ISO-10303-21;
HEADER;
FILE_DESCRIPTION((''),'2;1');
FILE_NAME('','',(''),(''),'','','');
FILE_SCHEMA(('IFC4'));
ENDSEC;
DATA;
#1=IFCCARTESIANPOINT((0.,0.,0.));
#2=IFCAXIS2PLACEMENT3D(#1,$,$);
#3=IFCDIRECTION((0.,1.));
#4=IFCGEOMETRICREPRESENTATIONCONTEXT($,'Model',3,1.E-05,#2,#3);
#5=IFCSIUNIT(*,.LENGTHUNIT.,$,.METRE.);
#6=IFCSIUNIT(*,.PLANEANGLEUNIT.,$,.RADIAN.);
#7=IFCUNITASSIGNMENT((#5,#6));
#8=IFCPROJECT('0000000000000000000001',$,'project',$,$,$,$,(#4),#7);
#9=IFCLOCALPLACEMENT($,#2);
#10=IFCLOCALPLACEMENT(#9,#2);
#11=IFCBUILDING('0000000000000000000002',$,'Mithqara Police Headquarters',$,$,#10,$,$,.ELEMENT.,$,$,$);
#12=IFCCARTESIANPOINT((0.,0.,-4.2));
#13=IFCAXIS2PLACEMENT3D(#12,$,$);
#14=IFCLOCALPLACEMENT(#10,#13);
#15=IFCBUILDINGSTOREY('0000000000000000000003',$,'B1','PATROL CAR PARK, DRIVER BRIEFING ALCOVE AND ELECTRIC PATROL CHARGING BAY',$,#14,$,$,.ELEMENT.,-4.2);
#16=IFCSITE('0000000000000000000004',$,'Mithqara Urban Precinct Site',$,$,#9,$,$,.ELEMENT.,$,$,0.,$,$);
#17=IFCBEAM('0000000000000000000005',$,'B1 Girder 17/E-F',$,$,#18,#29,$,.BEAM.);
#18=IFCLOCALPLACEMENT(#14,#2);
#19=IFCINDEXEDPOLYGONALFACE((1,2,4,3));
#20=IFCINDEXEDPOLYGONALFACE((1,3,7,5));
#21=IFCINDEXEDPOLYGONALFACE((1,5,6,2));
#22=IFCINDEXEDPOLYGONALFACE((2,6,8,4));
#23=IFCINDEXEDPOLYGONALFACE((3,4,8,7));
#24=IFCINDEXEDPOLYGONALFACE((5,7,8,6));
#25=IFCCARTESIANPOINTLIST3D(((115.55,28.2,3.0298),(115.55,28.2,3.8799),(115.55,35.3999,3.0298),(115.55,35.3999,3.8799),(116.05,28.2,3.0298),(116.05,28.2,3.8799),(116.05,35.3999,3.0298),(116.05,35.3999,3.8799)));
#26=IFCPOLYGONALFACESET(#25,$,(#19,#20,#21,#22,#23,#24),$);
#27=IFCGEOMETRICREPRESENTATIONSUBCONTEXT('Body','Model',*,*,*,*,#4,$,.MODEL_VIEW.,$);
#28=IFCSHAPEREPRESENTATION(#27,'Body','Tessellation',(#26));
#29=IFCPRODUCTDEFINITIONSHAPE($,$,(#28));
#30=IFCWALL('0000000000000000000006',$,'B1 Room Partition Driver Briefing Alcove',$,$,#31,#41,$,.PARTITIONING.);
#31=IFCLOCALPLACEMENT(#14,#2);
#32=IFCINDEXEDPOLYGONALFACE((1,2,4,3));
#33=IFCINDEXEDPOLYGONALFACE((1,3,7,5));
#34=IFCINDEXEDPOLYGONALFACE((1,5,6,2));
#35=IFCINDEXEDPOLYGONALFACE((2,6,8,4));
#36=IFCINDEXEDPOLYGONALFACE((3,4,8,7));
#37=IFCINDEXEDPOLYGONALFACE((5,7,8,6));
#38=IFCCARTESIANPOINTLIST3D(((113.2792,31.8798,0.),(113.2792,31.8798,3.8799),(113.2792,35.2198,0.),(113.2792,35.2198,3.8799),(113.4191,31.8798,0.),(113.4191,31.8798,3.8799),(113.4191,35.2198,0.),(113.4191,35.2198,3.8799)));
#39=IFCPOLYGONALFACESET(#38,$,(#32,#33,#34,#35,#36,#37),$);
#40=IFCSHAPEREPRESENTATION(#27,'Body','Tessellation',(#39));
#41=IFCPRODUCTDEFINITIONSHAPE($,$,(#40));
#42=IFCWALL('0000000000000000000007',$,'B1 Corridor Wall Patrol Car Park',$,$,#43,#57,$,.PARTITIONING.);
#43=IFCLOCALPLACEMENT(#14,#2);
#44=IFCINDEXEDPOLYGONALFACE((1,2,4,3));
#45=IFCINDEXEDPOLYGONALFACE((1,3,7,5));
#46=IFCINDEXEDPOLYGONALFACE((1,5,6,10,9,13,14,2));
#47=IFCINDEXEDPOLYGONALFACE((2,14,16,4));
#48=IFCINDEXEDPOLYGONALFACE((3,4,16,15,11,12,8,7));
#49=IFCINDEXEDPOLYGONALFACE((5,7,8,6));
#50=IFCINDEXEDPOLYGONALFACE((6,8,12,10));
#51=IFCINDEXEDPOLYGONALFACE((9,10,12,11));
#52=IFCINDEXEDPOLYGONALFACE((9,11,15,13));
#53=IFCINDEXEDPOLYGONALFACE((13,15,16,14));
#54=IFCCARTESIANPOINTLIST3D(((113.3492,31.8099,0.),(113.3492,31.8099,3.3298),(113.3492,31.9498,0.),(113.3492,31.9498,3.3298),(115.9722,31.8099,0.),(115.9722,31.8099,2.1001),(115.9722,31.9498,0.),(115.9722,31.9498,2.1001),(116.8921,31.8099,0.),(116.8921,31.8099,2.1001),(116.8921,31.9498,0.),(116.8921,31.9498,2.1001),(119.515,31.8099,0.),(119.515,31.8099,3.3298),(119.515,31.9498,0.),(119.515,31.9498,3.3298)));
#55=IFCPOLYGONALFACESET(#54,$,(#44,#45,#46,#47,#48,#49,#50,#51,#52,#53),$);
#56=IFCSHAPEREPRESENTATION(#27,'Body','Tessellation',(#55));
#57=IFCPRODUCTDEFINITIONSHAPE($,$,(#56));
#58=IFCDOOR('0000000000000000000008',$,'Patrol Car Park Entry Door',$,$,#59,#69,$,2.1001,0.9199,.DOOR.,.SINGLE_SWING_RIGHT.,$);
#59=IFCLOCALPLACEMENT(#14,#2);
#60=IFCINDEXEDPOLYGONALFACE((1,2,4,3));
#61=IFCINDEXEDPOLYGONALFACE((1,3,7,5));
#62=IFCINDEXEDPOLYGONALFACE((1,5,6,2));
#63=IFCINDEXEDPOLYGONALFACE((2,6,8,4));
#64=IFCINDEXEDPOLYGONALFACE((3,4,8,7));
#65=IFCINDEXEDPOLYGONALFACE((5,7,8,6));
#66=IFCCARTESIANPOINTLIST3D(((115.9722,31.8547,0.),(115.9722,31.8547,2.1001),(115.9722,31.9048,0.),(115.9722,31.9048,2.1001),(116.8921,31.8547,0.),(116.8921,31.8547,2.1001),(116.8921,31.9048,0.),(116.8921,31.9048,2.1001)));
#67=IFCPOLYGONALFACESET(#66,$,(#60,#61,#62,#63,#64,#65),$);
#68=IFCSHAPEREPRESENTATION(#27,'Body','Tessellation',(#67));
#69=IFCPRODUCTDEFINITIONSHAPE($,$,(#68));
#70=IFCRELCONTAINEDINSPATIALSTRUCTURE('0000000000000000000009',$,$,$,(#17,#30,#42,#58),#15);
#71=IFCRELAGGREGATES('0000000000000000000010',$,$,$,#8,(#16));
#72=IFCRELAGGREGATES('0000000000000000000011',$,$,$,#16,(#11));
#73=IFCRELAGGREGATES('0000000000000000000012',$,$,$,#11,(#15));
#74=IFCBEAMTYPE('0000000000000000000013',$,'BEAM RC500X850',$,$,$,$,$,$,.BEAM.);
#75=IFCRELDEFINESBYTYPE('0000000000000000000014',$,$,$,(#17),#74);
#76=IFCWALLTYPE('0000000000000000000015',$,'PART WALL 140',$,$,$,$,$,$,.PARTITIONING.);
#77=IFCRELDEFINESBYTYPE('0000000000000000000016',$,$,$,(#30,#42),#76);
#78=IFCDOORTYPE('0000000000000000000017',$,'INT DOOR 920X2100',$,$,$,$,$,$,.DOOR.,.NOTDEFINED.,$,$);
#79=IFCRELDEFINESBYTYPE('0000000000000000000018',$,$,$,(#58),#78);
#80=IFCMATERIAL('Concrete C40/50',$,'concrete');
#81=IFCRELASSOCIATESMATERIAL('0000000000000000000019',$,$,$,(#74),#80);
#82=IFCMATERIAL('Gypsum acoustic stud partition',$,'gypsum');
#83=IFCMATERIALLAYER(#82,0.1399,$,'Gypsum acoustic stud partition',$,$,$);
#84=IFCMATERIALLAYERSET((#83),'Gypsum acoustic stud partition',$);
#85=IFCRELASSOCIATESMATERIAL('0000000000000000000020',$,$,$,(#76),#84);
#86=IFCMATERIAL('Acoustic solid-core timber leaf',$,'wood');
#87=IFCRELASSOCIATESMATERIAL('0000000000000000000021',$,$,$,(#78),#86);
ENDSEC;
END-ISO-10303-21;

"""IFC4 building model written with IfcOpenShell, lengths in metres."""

from ifc_helpers import new_model, si_unit, direction, frame, frame_2d, origin, origin_2d, place, context, subcontext, project, spatial, rectangle, extrude, material, layer, layer_set, material_profile, profile_set, type_object, element, fill, save


model = new_model("IFC4")

# Units and contexts
model_context = context("Model", 3, precision=1e-05, world=origin(), true_north=direction((0.0, 1.0)))
body_context = subcontext(model_context, "Body", "Model", "MODEL_VIEW")
ifc_project = project(units=[si_unit("LENGTHUNIT", "METRE"), si_unit("PLANEANGLEUNIT", "RADIAN")], contexts=[model_context])

# Site, building, storey
site_placement = place(None, origin())
site = spatial("IfcSite", under=ifc_project, at=site_placement, Name="Mithqara Urban Precinct Site", CompositionType="ELEMENT", RefElevation=0.0)
building_placement = place(site_placement, origin())
building = spatial("IfcBuilding", under=site, at=building_placement, Name="Mithqara Police Headquarters", CompositionType="ELEMENT")
storey_placement = place(building_placement, frame((0.0, 0.0, -4.2)))
storey = spatial("IfcBuildingStorey", under=building, at=storey_placement, Name="B1", Description="PATROL CAR PARK, DRIVER BRIEFING ALCOVE AND ELECTRIC PATROL CHARGING BAY", CompositionType="ELEMENT", Elevation=-4.2)

# Shared definitions
ifc_material_1 = material(Name="Concrete C40/50", Category="concrete")

# Beam
ifc_material_profile_1 = material_profile(ifc_material_1, rectangle(XDim=0.5, YDim=0.8501, at=origin_2d()), Name="RC 500x850")
ifc_profile_set_1 = profile_set([ifc_material_profile_1], Name="Concrete C40/50")
beam_type_1 = type_object("IfcBeamType", Name="BEAM RC500X850", PredefinedType="BEAM", material=ifc_profile_set_1)
beam_1_placement = place(storey_placement, frame((115.8, 28.2, 3.4548), z_axis=(0.0, 1.0, 0.0), x_axis=(-1.0, 0.0, 0.0)))
element("IfcBeam", 1, at=beam_1_placement, inside=storey, type_object=beam_type_1, Name="B1 Girder 17/E-F", PredefinedType="BEAM", context=body_context, shape_type="SweptSolid", body=[
    extrude(rectangle(XDim=0.5, YDim=0.8501, at=origin_2d()), origin(), (0.0, 0.0, 1.0), 7.2),
])

# Wall
ifc_material_2 = material(Name="Gypsum acoustic stud partition", Category="gypsum")
ifc_layer = layer(ifc_material_2, 0.1399, Name="Gypsum acoustic stud partition")
ifc_layer_set = layer_set([ifc_layer], Name="Gypsum acoustic stud partition")
wall_type = type_object("IfcWallType", Name="PART WALL 140", PredefinedType="PARTITIONING", material=ifc_layer_set)
wall_1_placement = place(storey_placement, frame((113.3491, 31.8799, 0.0), z_axis=(0.0, 0.0, 1.0), x_axis=(0.0, 1.0, 0.0)))
element("IfcWall", 2, at=wall_1_placement, inside=storey, type_object=wall_type, Name="B1 Room Partition Driver Briefing Alcove", PredefinedType="PARTITIONING", context=body_context, shape_type="SweptSolid", body=[
    extrude(rectangle(XDim=3.3401, YDim=0.1399, at=frame_2d((1.6699, 0.0))), origin(), (0.0, 0.0, 1.0), 3.8799),
])

# Wall, opening, door
wall_2_placement = place(storey_placement, frame((113.3491, 31.8799, 0.0), z_axis=(0.0, 0.0, 1.0), x_axis=(1.0, 0.0, 0.0)))
wall_2 = element("IfcWall", 3, at=wall_2_placement, inside=storey, type_object=wall_type, Name="B1 Corridor Wall Patrol Car Park", PredefinedType="PARTITIONING", context=body_context, shape_type="SweptSolid", body=[
    extrude(rectangle(XDim=6.1658, YDim=0.1399, at=frame_2d((3.083, 0.0))), origin(), (0.0, 0.0, 1.0), 3.3298),
])
opening_placement = place(wall_2_placement, frame((2.623, 0.0, 0.0)))
opening = element("IfcOpeningElement", 4, at=opening_placement, cuts=wall_2, PredefinedType="OPENING", context=body_context, shape_type="SweptSolid", body=[
    extrude(rectangle(XDim=0.9199, YDim=2.1001, at=frame_2d((0.46, 1.05))), frame((0.0, 0.0801, 0.0), z_axis=(0.0, -1.0, 0.0), x_axis=(1.0, 0.0, 0.0)), (0.0, 0.0, 1.0), 0.1599),
])
ifc_material_3 = material(Name="Acoustic solid-core timber leaf", Category="wood")
door_type = type_object("IfcDoorType", Name="INT DOOR 920X2100", OperationType="NOTDEFINED", PredefinedType="DOOR", material=ifc_material_3)
door_placement = place(opening_placement, origin())
door = element("IfcDoor", 5, at=door_placement, inside=storey, type_object=door_type, Name="Patrol Car Park Entry Door", OperationType="SINGLE_SWING_RIGHT", OverallHeight=2.1001, OverallWidth=0.9199, PredefinedType="DOOR", context=body_context, shape_type="SweptSolid", body=[
    extrude(rectangle(XDim=0.9199, YDim=2.1001, at=frame_2d((0.46, 1.05))), frame((0.0, 0.0249, 0.0), z_axis=(0.0, -1.0, 0.0), x_axis=(1.0, 0.0, 0.0)), (0.0, 0.0, 1.0), 0.05),
])
fill(opening, door)

save(model, "model.ifc")
